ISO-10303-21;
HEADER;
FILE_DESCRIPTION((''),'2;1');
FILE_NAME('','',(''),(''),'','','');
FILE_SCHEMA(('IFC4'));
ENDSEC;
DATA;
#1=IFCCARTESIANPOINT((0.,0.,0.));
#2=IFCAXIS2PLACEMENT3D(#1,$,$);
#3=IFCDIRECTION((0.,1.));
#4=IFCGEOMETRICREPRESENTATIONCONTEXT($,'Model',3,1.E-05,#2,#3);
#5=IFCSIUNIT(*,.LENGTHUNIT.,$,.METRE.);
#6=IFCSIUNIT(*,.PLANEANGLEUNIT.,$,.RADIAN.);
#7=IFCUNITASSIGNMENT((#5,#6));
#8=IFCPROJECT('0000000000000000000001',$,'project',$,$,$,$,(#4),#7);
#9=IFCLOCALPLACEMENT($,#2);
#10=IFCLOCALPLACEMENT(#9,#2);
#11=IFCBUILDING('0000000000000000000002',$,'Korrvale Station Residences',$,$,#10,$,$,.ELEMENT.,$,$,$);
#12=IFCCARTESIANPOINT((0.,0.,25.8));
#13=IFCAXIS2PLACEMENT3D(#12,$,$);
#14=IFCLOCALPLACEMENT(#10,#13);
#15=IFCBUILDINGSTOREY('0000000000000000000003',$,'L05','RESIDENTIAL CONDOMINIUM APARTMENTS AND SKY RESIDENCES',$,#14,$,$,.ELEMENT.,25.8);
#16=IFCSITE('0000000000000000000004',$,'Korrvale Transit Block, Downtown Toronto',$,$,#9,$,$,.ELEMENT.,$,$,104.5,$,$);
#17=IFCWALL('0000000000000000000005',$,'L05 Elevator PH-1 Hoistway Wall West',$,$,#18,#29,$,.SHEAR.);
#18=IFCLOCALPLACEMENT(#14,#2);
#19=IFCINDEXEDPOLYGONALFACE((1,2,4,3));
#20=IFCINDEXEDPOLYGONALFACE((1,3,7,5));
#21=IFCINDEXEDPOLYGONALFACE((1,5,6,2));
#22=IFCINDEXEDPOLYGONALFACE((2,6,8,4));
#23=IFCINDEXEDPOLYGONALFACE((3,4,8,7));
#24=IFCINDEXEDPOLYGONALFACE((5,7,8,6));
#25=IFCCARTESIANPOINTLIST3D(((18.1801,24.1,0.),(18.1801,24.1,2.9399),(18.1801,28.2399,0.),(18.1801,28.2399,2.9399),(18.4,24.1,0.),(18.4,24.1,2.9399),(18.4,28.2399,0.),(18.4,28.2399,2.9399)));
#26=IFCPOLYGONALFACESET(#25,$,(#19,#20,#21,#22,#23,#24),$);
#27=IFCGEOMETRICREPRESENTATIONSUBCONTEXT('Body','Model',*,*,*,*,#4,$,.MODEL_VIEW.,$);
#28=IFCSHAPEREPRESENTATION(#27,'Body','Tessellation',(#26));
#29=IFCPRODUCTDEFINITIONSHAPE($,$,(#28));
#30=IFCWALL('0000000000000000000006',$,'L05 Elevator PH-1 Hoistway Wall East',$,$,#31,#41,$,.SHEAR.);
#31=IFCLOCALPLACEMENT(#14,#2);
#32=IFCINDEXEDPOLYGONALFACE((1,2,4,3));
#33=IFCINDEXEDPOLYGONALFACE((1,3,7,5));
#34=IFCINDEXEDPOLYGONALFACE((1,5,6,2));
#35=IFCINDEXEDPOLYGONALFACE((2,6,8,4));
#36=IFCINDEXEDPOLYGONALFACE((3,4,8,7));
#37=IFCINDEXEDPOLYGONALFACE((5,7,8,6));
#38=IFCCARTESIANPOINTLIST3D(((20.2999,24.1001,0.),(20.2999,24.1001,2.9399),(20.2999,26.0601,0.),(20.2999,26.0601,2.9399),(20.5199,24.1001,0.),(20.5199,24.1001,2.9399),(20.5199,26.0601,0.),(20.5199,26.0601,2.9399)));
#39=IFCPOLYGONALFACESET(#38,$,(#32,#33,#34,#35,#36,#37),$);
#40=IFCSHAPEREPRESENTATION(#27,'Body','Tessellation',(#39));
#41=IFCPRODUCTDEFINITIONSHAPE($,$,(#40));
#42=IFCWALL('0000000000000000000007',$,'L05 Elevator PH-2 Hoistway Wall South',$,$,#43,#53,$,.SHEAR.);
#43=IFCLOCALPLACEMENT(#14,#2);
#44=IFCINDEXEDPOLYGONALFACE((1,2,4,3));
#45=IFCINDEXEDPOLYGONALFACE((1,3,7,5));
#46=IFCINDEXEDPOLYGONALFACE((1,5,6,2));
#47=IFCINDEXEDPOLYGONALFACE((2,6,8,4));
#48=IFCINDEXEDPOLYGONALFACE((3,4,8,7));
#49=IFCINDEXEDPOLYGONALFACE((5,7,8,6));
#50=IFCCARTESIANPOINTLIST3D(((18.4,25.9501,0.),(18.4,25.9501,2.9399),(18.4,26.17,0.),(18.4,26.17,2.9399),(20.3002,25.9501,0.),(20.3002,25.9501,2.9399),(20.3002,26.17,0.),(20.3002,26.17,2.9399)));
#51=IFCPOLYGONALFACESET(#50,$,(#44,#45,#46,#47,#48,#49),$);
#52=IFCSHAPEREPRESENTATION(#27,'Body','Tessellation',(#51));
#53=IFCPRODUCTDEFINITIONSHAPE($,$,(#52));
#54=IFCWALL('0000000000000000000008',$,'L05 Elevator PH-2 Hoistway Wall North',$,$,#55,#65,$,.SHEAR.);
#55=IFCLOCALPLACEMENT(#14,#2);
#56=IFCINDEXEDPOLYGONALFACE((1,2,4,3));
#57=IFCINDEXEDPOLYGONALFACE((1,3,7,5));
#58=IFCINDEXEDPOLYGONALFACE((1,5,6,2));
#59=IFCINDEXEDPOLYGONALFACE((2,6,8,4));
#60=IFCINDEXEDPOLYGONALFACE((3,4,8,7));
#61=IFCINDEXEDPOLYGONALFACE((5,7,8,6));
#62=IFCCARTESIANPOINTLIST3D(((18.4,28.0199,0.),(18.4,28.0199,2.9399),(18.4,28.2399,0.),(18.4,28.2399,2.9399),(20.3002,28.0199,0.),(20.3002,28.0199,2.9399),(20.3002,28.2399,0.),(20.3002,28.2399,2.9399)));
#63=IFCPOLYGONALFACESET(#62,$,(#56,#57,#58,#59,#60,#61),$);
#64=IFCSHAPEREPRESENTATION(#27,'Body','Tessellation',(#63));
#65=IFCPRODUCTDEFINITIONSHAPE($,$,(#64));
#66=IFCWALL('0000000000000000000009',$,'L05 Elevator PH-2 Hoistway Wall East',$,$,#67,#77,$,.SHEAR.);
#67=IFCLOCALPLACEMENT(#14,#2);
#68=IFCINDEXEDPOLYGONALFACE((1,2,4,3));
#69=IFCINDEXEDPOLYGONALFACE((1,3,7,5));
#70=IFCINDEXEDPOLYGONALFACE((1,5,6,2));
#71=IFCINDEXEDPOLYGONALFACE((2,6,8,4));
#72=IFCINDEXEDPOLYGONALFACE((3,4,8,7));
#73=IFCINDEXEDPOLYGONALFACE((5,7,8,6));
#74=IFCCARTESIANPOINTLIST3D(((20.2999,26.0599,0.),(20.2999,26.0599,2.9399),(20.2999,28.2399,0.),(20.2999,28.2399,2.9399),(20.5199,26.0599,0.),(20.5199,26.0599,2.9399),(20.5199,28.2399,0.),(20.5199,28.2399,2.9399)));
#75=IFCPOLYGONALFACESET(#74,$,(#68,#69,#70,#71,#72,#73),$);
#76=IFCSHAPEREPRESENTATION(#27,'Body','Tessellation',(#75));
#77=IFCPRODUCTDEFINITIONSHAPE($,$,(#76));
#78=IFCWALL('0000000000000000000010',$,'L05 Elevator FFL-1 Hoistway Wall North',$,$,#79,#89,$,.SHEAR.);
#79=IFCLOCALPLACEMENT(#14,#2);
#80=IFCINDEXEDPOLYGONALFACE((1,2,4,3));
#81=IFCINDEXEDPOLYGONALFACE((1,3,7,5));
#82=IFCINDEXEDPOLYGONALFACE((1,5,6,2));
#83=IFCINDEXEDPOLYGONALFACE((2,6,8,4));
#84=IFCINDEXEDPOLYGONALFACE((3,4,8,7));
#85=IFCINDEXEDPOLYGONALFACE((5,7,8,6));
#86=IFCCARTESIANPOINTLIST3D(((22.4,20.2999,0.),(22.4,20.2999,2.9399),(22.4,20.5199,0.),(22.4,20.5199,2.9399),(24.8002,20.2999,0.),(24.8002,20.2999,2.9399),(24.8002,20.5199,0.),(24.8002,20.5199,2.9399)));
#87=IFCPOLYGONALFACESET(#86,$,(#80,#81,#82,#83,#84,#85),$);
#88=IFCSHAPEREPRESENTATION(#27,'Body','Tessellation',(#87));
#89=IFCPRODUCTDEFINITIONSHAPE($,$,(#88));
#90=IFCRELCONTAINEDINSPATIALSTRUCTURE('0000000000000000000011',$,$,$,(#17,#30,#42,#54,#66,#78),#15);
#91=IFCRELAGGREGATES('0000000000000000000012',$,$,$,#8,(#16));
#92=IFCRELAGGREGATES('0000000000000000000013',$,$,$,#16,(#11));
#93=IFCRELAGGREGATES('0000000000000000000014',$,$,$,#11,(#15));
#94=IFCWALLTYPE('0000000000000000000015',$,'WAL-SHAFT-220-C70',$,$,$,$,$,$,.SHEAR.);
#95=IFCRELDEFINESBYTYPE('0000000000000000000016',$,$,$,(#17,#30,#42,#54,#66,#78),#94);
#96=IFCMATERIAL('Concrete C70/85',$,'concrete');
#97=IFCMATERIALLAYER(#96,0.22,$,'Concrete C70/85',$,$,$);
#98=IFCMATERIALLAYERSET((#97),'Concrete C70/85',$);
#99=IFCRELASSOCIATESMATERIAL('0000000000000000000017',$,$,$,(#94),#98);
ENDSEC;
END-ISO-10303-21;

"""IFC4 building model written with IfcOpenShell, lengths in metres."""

from ifc_helpers import new_model, si_unit, direction, frame, frame_2d, origin, place, context, subcontext, project, spatial, rectangle, extrude, material, layer, layer_set, type_object, element, save


model = new_model("IFC4")

# Units and contexts
model_context = context("Model", 3, precision=1e-05, world=origin(), true_north=direction((0.0, 1.0)))
body_context = subcontext(model_context, "Body", "Model", "MODEL_VIEW")
ifc_project = project(units=[si_unit("LENGTHUNIT", "METRE"), si_unit("PLANEANGLEUNIT", "RADIAN")], contexts=[model_context])

# Site, building, storey
site_placement = place(None, origin())
site = spatial("IfcSite", under=ifc_project, at=site_placement, Name="Korrvale Transit Block, Downtown Toronto", CompositionType="ELEMENT", RefElevation=104.5)
building_placement = place(site_placement, origin())
building = spatial("IfcBuilding", under=site, at=building_placement, Name="Korrvale Station Residences", CompositionType="ELEMENT")
storey_placement = place(building_placement, frame((0.0, 0.0, 25.8)))
storey = spatial("IfcBuildingStorey", under=building, at=storey_placement, Name="L05", Description="RESIDENTIAL CONDOMINIUM APARTMENTS AND SKY RESIDENCES", CompositionType="ELEMENT", Elevation=25.8)

# Shared definitions
ifc_material_1 = material(Name="Concrete C70/85", Category="concrete")

# Shared definitions
ifc_layer_1 = layer(ifc_material_1, 0.22, Name="Concrete C70/85")
ifc_layer_set_1 = layer_set([ifc_layer_1], Name="Concrete C70/85")
wall_type_1 = type_object("IfcWallType", Name="WAL-SHAFT-220-C70", PredefinedType="SHEAR", material=ifc_layer_set_1)

# Walls
wall_1_placement = place(storey_placement, frame((18.29, 24.1001, 0.0), z_axis=(0.0, 0.0, 1.0), x_axis=(0.0, 1.0, 0.0)))
element("IfcWall", 1, at=wall_1_placement, inside=storey, type_object=wall_type_1, Name="L05 Elevator PH-1 Hoistway Wall West", PredefinedType="SHEAR", context=body_context, shape_type="SweptSolid", body=[
    extrude(rectangle(XDim=4.1399, YDim=0.22, at=frame_2d((2.0698, 0.0))), origin(), (0.0, 0.0, 1.0), 2.9399),
])
wall_2_placement = place(storey_placement, frame((20.4099, 24.1001, 0.0), z_axis=(0.0, 0.0, 1.0), x_axis=(0.0, 1.0, 0.0)))
element("IfcWall", 2, at=wall_2_placement, inside=storey, type_object=wall_type_1, Name="L05 Elevator PH-1 Hoistway Wall East", PredefinedType="SHEAR", context=body_context, shape_type="SweptSolid", body=[
    extrude(rectangle(XDim=1.96, YDim=0.22, at=frame_2d((0.98, 0.0))), origin(), (0.0, 0.0, 1.0), 2.9399),
])
for number, where, z_axis, x_axis, name in (
    (3, (18.3999, 26.0601, 0.0), (0.0, 0.0, 1.0), (1.0, 0.0, 0.0), "L05 Elevator PH-2 Hoistway Wall South"),
    (4, (18.3999, 28.1299, 0.0), (0.0, 0.0, 1.0), (1.0, 0.0, 0.0), "L05 Elevator PH-2 Hoistway Wall North"),
):
    element("IfcWall", number, at=place(storey_placement, frame(where, z_axis=z_axis, x_axis=x_axis)), inside=storey, type_object=wall_type_1, Name=name, PredefinedType="SHEAR", context=body_context, shape_type="SweptSolid", body=[
        extrude(rectangle(XDim=1.9001, YDim=0.22, at=frame_2d((0.9502, 0.0))), origin(), (0.0, 0.0, 1.0), 2.9399),
    ])
wall_3_placement = place(storey_placement, frame((20.4099, 26.0601, 0.0), z_axis=(0.0, 0.0, 1.0), x_axis=(0.0, 1.0, 0.0)))
element("IfcWall", 5, at=wall_3_placement, inside=storey, type_object=wall_type_1, Name="L05 Elevator PH-2 Hoistway Wall East", PredefinedType="SHEAR", context=body_context, shape_type="SweptSolid", body=[
    extrude(rectangle(XDim=2.1799, YDim=0.22, at=frame_2d((1.0898, 0.0))), origin(), (0.0, 0.0, 1.0), 2.9399),
])
wall_4_placement = place(storey_placement, frame((22.3999, 20.4099, 0.0), z_axis=(0.0, 0.0, 1.0), x_axis=(1.0, 0.0, 0.0)))
element("IfcWall", 6, at=wall_4_placement, inside=storey, type_object=wall_type_1, Name="L05 Elevator FFL-1 Hoistway Wall North", PredefinedType="SHEAR", context=body_context, shape_type="SweptSolid", body=[
    extrude(rectangle(XDim=2.4001, YDim=0.22, at=frame_2d((1.2002, 0.0))), origin(), (0.0, 0.0, 1.0), 2.9399),
])

save(model, "model.ifc")
